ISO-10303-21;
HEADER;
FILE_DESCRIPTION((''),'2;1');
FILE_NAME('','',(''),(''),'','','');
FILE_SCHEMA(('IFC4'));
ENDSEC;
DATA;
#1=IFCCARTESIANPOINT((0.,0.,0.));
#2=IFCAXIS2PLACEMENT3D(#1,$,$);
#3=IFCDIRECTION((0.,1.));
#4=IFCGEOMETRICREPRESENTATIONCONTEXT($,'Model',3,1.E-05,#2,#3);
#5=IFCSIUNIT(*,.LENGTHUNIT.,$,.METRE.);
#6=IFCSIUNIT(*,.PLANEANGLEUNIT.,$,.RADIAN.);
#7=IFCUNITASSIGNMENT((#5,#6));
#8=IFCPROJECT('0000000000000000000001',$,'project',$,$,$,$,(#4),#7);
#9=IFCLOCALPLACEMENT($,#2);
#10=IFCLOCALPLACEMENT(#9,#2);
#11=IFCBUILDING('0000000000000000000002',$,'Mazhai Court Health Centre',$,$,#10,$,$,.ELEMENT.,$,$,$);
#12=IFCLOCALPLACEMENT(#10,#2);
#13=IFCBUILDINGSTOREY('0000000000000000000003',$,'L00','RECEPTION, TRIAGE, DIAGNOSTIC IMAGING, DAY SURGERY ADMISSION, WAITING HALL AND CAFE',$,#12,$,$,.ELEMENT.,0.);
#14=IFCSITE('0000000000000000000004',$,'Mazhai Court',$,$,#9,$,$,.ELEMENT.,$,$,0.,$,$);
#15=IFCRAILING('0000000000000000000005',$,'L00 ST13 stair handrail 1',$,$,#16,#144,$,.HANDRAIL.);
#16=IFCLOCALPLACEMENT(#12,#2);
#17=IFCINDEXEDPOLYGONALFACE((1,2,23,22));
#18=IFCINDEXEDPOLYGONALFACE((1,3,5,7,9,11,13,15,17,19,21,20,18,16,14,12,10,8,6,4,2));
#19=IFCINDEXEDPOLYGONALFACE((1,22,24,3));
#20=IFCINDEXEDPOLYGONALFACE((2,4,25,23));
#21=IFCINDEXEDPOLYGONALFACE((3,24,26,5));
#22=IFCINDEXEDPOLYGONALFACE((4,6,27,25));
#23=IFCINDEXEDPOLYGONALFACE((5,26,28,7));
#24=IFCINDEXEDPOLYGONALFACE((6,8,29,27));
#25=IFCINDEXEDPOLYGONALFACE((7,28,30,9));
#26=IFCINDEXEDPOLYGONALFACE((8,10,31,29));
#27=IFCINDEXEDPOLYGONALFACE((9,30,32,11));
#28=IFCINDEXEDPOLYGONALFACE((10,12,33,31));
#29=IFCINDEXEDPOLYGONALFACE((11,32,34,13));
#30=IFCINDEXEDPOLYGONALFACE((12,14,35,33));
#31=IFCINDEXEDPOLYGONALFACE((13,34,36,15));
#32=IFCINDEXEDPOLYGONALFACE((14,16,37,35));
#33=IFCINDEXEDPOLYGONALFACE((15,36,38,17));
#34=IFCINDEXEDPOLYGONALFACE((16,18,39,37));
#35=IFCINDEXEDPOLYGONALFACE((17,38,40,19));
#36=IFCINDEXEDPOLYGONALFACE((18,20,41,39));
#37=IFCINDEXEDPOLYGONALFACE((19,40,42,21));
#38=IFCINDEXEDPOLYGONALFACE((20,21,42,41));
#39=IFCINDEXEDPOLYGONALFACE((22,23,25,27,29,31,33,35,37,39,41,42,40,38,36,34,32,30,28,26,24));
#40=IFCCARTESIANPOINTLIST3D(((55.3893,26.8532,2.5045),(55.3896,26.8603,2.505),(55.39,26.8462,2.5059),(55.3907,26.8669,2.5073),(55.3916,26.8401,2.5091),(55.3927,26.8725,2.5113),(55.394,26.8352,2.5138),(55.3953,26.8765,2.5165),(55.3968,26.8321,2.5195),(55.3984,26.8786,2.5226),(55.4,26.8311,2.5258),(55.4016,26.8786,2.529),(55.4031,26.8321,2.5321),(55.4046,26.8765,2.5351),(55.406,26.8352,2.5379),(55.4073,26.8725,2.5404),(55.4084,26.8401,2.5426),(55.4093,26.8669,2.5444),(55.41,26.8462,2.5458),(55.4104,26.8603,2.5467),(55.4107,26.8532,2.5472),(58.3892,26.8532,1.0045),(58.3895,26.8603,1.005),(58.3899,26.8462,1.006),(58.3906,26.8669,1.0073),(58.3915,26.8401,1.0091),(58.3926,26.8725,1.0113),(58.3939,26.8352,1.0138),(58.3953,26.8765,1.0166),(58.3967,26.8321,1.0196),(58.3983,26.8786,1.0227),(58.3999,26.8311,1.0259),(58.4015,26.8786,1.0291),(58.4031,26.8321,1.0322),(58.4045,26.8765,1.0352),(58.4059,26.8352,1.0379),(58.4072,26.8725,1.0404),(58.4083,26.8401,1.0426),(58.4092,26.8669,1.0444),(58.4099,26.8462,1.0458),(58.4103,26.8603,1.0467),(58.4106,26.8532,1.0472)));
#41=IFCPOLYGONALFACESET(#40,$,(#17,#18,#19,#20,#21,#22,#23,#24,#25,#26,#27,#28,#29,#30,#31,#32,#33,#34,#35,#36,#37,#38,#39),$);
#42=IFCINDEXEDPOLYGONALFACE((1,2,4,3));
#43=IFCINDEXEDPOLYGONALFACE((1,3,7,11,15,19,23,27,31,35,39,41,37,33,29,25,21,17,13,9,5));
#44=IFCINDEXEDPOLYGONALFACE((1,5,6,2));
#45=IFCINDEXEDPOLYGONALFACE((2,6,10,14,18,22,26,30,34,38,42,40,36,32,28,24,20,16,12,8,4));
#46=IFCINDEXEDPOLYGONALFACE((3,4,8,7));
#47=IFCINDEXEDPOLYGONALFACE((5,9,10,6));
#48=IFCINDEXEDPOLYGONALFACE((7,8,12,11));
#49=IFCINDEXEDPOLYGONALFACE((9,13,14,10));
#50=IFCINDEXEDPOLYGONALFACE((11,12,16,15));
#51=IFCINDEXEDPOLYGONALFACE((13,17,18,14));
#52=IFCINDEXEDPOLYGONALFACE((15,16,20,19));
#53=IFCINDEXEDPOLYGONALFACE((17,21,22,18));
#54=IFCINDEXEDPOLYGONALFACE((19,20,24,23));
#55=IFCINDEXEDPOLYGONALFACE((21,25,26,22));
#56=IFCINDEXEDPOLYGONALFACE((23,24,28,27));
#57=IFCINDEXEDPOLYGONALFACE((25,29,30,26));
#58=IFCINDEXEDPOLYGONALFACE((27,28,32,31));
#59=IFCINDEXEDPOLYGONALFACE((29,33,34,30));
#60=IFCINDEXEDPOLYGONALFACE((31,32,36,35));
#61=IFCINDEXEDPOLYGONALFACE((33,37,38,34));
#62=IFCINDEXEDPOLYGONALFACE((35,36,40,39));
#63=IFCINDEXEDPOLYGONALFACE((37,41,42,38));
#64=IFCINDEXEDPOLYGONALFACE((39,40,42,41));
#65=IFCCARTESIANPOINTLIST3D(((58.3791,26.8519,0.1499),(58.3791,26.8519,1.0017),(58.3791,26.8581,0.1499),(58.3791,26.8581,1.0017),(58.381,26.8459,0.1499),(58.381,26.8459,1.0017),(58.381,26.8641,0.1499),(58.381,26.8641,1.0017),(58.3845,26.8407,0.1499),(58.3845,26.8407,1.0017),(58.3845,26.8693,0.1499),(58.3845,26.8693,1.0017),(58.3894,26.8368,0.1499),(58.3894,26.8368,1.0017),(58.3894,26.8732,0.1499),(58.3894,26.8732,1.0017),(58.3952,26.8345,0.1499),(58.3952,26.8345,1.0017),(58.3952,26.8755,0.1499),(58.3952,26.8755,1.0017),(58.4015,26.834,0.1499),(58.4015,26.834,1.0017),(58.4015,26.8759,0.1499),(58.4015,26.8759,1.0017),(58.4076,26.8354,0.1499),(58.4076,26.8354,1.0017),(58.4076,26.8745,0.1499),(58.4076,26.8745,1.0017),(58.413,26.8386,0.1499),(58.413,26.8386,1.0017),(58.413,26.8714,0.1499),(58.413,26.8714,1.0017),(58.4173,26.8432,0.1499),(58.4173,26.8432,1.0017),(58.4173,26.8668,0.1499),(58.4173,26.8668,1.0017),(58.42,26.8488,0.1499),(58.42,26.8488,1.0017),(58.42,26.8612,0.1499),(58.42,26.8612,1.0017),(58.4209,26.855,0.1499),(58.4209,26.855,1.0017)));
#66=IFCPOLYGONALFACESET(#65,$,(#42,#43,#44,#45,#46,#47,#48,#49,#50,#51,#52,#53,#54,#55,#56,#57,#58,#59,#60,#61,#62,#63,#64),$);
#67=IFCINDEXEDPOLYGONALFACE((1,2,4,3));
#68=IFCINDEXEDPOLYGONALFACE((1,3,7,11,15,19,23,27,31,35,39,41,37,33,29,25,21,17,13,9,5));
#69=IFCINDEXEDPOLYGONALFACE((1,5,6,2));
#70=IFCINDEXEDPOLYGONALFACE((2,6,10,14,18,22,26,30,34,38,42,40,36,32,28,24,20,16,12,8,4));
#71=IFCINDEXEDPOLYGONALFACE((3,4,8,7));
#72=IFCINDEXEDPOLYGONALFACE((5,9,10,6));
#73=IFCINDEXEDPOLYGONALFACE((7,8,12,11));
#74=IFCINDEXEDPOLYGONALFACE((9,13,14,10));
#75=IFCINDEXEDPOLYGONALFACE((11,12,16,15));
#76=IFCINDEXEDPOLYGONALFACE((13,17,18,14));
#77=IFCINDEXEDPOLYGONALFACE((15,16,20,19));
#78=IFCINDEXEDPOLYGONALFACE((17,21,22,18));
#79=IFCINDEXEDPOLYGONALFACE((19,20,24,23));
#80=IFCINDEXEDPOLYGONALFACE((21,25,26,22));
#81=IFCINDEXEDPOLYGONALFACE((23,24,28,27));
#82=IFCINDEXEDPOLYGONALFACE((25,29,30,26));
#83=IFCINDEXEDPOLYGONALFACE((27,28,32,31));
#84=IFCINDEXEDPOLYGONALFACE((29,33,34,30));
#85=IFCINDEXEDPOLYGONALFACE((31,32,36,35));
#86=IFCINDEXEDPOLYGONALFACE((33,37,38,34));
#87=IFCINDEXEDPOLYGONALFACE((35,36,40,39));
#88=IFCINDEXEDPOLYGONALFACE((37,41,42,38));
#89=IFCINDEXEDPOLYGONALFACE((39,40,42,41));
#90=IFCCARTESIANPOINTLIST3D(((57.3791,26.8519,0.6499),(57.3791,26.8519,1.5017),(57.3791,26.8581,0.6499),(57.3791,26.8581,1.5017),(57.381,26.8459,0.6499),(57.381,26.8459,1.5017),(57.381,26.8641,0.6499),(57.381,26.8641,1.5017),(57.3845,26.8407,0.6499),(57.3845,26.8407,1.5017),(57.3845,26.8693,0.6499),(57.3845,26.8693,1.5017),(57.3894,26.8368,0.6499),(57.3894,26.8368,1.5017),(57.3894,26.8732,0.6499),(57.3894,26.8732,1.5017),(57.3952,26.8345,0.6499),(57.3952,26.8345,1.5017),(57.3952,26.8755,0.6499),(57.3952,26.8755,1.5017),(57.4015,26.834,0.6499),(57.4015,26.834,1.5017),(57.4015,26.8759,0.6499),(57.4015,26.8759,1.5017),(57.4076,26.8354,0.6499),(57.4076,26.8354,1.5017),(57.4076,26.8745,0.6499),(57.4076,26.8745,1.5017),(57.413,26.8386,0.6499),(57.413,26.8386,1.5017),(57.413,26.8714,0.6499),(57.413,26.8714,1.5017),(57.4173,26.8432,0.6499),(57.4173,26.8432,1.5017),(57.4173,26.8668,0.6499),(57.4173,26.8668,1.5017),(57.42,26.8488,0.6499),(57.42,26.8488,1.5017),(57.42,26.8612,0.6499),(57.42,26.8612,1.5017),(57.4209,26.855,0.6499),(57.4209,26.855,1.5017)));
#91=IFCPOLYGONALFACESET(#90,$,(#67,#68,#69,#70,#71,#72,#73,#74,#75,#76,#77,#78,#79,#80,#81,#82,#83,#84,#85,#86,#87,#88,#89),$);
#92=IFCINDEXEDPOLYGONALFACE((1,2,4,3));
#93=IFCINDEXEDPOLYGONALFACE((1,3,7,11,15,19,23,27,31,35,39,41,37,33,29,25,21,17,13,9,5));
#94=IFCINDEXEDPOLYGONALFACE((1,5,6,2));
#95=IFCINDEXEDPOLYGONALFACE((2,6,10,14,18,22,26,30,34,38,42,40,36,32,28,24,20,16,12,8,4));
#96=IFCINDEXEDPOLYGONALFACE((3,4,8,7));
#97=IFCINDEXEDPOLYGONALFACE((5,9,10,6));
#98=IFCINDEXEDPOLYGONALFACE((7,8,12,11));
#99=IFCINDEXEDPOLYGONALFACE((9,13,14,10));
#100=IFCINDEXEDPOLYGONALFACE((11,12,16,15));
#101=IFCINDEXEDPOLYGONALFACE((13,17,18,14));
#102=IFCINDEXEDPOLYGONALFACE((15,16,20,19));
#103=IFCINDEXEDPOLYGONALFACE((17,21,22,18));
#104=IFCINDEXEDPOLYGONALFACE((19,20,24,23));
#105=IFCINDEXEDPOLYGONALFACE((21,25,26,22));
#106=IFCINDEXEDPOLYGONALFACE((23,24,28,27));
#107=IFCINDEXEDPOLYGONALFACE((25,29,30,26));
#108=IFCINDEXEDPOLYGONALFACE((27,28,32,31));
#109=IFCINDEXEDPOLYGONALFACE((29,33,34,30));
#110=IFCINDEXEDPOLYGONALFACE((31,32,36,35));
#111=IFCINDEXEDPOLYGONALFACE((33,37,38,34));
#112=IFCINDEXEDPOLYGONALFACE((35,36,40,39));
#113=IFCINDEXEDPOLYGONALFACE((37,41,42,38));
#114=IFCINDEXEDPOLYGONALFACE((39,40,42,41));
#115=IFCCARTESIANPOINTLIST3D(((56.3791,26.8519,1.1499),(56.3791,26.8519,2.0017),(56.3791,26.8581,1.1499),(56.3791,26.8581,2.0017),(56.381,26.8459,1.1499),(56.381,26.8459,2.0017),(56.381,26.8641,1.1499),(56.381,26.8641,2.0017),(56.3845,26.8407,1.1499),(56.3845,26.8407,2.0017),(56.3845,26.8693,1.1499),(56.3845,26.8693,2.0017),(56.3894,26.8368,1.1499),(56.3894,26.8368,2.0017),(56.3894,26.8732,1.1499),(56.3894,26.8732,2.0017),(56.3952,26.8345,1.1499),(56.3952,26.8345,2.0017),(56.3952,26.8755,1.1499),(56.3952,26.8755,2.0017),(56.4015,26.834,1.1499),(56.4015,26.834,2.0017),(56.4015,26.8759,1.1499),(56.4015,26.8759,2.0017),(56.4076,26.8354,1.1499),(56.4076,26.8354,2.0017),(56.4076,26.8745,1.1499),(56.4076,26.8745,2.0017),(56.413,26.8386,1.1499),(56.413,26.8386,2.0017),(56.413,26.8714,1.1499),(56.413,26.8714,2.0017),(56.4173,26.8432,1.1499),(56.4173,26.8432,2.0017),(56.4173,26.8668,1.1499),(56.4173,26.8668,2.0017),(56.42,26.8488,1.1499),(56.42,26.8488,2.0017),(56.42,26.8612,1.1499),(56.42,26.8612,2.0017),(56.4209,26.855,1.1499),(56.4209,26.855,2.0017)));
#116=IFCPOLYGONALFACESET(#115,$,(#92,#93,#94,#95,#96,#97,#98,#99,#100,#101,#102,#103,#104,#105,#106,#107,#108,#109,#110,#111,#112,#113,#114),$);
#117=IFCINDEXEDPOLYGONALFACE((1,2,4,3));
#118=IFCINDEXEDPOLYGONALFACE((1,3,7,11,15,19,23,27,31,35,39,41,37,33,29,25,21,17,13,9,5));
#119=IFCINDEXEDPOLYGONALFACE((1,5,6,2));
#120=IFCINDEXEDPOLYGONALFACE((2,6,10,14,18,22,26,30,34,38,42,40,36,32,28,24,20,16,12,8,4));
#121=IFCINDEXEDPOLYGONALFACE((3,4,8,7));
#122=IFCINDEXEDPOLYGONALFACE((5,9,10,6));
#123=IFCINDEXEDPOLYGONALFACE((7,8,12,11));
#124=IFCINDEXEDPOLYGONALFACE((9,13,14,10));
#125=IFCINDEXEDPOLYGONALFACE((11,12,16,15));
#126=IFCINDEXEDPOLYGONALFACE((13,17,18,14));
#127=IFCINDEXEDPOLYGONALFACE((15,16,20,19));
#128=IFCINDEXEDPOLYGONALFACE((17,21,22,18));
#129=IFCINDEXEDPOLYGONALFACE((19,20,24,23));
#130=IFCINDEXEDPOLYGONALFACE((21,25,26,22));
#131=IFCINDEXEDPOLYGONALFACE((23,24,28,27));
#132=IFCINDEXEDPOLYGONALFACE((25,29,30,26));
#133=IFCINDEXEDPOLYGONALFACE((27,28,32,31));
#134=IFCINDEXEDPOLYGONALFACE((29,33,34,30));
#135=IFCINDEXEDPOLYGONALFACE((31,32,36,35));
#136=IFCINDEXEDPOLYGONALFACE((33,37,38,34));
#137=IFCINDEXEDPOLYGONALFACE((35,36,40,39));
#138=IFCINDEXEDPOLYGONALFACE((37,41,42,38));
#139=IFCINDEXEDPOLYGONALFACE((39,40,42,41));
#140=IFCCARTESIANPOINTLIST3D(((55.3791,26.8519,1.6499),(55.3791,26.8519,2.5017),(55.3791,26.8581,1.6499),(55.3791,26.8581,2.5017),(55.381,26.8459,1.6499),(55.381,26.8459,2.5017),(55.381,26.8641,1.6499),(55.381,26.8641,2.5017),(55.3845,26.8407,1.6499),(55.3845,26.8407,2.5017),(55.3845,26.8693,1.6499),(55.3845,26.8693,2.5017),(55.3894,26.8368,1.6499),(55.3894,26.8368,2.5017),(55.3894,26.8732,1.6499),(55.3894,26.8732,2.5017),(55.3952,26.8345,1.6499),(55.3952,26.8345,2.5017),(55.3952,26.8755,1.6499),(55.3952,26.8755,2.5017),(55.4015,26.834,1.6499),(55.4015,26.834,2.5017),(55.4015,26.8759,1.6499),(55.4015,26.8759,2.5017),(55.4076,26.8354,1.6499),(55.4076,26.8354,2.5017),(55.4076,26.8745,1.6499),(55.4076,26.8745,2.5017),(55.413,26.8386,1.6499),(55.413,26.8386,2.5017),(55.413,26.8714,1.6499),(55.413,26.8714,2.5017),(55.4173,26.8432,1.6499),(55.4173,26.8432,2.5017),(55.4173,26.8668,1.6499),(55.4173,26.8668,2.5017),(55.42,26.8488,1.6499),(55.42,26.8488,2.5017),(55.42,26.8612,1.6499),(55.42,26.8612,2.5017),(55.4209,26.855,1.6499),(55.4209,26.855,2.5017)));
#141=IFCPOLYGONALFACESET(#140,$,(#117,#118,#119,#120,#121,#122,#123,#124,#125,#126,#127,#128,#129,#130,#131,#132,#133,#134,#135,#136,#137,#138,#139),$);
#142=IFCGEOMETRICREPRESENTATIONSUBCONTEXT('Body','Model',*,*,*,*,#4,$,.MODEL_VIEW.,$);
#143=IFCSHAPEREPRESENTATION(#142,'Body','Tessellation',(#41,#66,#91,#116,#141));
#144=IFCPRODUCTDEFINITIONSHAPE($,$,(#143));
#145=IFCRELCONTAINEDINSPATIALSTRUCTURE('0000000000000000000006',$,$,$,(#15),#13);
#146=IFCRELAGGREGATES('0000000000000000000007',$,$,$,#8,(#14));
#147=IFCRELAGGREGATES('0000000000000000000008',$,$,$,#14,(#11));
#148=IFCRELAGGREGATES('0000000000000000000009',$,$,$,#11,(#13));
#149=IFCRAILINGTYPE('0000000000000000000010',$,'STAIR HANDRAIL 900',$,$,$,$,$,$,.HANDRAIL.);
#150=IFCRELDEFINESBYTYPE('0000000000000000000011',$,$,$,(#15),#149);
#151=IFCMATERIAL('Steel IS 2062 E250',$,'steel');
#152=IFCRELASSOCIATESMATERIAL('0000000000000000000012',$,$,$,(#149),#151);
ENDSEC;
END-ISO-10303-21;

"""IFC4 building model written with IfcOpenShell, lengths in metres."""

from ifc_helpers import new_model, si_unit, direction, frame, origin, origin_2d, place, context, subcontext, project, spatial, circle, extrude, material, type_object, element, save


model = new_model("IFC4")

# Units and contexts
model_context = context("Model", 3, precision=1e-05, world=origin(), true_north=direction((0.0, 1.0)))
body_context = subcontext(model_context, "Body", "Model", "MODEL_VIEW")
ifc_project = project(units=[si_unit("LENGTHUNIT", "METRE"), si_unit("PLANEANGLEUNIT", "RADIAN")], contexts=[model_context])

# Site, building, storey
site_placement = place(None, origin())
site = spatial("IfcSite", under=ifc_project, at=site_placement, Name="Mazhai Court", CompositionType="ELEMENT", RefElevation=0.0)
building_placement = place(site_placement, origin())
building = spatial("IfcBuilding", under=site, at=building_placement, Name="Mazhai Court Health Centre", CompositionType="ELEMENT")
storey_placement = place(building_placement, origin())
storey = spatial("IfcBuildingStorey", under=building, at=storey_placement, Name="L00", Description="RECEPTION, TRIAGE, DIAGNOSTIC IMAGING, DAY SURGERY ADMISSION, WAITING HALL AND CAFE", CompositionType="ELEMENT", Elevation=0.0)

# Railing
ifc_material_1 = material(Name="Steel IS 2062 E250", Category="steel")
railing_type_1 = type_object("IfcRailingType", Name="STAIR HANDRAIL 900", PredefinedType="HANDRAIL", material=ifc_material_1)
railing_1_placement = place(storey_placement, frame((58.3999, 26.855, 0.1499)))
element("IfcRailing", 1, at=railing_1_placement, inside=storey, type_object=railing_type_1, Name="L00 ST13 stair handrail 1", PredefinedType="HANDRAIL", context=body_context, shape_type="SweptSolid", body=[
    extrude(circle(Radius=0.0239, at=origin_2d()), frame((0.0, 0.0, 0.876), z_axis=(-0.894427, 0.0, 0.447214), x_axis=(0.0, -1.0, 0.0)), (0.0, 0.0, 1.0), 3.354),
    extrude(circle(Radius=0.021, at=origin_2d()), origin(), (0.0, 0.0, 1.0), 0.8518),
    extrude(circle(Radius=0.021, at=origin_2d()), frame((-1.0, 0.0, 0.5)), (0.0, 0.0, 1.0), 0.8518),
    extrude(circle(Radius=0.021, at=origin_2d()), frame((-2.0, 0.0, 1.0)), (0.0, 0.0, 1.0), 0.8518),
    extrude(circle(Radius=0.021, at=origin_2d()), frame((-3.0, 0.0, 1.5)), (0.0, 0.0, 1.0), 0.8518),
])

save(model, "model.ifc")
